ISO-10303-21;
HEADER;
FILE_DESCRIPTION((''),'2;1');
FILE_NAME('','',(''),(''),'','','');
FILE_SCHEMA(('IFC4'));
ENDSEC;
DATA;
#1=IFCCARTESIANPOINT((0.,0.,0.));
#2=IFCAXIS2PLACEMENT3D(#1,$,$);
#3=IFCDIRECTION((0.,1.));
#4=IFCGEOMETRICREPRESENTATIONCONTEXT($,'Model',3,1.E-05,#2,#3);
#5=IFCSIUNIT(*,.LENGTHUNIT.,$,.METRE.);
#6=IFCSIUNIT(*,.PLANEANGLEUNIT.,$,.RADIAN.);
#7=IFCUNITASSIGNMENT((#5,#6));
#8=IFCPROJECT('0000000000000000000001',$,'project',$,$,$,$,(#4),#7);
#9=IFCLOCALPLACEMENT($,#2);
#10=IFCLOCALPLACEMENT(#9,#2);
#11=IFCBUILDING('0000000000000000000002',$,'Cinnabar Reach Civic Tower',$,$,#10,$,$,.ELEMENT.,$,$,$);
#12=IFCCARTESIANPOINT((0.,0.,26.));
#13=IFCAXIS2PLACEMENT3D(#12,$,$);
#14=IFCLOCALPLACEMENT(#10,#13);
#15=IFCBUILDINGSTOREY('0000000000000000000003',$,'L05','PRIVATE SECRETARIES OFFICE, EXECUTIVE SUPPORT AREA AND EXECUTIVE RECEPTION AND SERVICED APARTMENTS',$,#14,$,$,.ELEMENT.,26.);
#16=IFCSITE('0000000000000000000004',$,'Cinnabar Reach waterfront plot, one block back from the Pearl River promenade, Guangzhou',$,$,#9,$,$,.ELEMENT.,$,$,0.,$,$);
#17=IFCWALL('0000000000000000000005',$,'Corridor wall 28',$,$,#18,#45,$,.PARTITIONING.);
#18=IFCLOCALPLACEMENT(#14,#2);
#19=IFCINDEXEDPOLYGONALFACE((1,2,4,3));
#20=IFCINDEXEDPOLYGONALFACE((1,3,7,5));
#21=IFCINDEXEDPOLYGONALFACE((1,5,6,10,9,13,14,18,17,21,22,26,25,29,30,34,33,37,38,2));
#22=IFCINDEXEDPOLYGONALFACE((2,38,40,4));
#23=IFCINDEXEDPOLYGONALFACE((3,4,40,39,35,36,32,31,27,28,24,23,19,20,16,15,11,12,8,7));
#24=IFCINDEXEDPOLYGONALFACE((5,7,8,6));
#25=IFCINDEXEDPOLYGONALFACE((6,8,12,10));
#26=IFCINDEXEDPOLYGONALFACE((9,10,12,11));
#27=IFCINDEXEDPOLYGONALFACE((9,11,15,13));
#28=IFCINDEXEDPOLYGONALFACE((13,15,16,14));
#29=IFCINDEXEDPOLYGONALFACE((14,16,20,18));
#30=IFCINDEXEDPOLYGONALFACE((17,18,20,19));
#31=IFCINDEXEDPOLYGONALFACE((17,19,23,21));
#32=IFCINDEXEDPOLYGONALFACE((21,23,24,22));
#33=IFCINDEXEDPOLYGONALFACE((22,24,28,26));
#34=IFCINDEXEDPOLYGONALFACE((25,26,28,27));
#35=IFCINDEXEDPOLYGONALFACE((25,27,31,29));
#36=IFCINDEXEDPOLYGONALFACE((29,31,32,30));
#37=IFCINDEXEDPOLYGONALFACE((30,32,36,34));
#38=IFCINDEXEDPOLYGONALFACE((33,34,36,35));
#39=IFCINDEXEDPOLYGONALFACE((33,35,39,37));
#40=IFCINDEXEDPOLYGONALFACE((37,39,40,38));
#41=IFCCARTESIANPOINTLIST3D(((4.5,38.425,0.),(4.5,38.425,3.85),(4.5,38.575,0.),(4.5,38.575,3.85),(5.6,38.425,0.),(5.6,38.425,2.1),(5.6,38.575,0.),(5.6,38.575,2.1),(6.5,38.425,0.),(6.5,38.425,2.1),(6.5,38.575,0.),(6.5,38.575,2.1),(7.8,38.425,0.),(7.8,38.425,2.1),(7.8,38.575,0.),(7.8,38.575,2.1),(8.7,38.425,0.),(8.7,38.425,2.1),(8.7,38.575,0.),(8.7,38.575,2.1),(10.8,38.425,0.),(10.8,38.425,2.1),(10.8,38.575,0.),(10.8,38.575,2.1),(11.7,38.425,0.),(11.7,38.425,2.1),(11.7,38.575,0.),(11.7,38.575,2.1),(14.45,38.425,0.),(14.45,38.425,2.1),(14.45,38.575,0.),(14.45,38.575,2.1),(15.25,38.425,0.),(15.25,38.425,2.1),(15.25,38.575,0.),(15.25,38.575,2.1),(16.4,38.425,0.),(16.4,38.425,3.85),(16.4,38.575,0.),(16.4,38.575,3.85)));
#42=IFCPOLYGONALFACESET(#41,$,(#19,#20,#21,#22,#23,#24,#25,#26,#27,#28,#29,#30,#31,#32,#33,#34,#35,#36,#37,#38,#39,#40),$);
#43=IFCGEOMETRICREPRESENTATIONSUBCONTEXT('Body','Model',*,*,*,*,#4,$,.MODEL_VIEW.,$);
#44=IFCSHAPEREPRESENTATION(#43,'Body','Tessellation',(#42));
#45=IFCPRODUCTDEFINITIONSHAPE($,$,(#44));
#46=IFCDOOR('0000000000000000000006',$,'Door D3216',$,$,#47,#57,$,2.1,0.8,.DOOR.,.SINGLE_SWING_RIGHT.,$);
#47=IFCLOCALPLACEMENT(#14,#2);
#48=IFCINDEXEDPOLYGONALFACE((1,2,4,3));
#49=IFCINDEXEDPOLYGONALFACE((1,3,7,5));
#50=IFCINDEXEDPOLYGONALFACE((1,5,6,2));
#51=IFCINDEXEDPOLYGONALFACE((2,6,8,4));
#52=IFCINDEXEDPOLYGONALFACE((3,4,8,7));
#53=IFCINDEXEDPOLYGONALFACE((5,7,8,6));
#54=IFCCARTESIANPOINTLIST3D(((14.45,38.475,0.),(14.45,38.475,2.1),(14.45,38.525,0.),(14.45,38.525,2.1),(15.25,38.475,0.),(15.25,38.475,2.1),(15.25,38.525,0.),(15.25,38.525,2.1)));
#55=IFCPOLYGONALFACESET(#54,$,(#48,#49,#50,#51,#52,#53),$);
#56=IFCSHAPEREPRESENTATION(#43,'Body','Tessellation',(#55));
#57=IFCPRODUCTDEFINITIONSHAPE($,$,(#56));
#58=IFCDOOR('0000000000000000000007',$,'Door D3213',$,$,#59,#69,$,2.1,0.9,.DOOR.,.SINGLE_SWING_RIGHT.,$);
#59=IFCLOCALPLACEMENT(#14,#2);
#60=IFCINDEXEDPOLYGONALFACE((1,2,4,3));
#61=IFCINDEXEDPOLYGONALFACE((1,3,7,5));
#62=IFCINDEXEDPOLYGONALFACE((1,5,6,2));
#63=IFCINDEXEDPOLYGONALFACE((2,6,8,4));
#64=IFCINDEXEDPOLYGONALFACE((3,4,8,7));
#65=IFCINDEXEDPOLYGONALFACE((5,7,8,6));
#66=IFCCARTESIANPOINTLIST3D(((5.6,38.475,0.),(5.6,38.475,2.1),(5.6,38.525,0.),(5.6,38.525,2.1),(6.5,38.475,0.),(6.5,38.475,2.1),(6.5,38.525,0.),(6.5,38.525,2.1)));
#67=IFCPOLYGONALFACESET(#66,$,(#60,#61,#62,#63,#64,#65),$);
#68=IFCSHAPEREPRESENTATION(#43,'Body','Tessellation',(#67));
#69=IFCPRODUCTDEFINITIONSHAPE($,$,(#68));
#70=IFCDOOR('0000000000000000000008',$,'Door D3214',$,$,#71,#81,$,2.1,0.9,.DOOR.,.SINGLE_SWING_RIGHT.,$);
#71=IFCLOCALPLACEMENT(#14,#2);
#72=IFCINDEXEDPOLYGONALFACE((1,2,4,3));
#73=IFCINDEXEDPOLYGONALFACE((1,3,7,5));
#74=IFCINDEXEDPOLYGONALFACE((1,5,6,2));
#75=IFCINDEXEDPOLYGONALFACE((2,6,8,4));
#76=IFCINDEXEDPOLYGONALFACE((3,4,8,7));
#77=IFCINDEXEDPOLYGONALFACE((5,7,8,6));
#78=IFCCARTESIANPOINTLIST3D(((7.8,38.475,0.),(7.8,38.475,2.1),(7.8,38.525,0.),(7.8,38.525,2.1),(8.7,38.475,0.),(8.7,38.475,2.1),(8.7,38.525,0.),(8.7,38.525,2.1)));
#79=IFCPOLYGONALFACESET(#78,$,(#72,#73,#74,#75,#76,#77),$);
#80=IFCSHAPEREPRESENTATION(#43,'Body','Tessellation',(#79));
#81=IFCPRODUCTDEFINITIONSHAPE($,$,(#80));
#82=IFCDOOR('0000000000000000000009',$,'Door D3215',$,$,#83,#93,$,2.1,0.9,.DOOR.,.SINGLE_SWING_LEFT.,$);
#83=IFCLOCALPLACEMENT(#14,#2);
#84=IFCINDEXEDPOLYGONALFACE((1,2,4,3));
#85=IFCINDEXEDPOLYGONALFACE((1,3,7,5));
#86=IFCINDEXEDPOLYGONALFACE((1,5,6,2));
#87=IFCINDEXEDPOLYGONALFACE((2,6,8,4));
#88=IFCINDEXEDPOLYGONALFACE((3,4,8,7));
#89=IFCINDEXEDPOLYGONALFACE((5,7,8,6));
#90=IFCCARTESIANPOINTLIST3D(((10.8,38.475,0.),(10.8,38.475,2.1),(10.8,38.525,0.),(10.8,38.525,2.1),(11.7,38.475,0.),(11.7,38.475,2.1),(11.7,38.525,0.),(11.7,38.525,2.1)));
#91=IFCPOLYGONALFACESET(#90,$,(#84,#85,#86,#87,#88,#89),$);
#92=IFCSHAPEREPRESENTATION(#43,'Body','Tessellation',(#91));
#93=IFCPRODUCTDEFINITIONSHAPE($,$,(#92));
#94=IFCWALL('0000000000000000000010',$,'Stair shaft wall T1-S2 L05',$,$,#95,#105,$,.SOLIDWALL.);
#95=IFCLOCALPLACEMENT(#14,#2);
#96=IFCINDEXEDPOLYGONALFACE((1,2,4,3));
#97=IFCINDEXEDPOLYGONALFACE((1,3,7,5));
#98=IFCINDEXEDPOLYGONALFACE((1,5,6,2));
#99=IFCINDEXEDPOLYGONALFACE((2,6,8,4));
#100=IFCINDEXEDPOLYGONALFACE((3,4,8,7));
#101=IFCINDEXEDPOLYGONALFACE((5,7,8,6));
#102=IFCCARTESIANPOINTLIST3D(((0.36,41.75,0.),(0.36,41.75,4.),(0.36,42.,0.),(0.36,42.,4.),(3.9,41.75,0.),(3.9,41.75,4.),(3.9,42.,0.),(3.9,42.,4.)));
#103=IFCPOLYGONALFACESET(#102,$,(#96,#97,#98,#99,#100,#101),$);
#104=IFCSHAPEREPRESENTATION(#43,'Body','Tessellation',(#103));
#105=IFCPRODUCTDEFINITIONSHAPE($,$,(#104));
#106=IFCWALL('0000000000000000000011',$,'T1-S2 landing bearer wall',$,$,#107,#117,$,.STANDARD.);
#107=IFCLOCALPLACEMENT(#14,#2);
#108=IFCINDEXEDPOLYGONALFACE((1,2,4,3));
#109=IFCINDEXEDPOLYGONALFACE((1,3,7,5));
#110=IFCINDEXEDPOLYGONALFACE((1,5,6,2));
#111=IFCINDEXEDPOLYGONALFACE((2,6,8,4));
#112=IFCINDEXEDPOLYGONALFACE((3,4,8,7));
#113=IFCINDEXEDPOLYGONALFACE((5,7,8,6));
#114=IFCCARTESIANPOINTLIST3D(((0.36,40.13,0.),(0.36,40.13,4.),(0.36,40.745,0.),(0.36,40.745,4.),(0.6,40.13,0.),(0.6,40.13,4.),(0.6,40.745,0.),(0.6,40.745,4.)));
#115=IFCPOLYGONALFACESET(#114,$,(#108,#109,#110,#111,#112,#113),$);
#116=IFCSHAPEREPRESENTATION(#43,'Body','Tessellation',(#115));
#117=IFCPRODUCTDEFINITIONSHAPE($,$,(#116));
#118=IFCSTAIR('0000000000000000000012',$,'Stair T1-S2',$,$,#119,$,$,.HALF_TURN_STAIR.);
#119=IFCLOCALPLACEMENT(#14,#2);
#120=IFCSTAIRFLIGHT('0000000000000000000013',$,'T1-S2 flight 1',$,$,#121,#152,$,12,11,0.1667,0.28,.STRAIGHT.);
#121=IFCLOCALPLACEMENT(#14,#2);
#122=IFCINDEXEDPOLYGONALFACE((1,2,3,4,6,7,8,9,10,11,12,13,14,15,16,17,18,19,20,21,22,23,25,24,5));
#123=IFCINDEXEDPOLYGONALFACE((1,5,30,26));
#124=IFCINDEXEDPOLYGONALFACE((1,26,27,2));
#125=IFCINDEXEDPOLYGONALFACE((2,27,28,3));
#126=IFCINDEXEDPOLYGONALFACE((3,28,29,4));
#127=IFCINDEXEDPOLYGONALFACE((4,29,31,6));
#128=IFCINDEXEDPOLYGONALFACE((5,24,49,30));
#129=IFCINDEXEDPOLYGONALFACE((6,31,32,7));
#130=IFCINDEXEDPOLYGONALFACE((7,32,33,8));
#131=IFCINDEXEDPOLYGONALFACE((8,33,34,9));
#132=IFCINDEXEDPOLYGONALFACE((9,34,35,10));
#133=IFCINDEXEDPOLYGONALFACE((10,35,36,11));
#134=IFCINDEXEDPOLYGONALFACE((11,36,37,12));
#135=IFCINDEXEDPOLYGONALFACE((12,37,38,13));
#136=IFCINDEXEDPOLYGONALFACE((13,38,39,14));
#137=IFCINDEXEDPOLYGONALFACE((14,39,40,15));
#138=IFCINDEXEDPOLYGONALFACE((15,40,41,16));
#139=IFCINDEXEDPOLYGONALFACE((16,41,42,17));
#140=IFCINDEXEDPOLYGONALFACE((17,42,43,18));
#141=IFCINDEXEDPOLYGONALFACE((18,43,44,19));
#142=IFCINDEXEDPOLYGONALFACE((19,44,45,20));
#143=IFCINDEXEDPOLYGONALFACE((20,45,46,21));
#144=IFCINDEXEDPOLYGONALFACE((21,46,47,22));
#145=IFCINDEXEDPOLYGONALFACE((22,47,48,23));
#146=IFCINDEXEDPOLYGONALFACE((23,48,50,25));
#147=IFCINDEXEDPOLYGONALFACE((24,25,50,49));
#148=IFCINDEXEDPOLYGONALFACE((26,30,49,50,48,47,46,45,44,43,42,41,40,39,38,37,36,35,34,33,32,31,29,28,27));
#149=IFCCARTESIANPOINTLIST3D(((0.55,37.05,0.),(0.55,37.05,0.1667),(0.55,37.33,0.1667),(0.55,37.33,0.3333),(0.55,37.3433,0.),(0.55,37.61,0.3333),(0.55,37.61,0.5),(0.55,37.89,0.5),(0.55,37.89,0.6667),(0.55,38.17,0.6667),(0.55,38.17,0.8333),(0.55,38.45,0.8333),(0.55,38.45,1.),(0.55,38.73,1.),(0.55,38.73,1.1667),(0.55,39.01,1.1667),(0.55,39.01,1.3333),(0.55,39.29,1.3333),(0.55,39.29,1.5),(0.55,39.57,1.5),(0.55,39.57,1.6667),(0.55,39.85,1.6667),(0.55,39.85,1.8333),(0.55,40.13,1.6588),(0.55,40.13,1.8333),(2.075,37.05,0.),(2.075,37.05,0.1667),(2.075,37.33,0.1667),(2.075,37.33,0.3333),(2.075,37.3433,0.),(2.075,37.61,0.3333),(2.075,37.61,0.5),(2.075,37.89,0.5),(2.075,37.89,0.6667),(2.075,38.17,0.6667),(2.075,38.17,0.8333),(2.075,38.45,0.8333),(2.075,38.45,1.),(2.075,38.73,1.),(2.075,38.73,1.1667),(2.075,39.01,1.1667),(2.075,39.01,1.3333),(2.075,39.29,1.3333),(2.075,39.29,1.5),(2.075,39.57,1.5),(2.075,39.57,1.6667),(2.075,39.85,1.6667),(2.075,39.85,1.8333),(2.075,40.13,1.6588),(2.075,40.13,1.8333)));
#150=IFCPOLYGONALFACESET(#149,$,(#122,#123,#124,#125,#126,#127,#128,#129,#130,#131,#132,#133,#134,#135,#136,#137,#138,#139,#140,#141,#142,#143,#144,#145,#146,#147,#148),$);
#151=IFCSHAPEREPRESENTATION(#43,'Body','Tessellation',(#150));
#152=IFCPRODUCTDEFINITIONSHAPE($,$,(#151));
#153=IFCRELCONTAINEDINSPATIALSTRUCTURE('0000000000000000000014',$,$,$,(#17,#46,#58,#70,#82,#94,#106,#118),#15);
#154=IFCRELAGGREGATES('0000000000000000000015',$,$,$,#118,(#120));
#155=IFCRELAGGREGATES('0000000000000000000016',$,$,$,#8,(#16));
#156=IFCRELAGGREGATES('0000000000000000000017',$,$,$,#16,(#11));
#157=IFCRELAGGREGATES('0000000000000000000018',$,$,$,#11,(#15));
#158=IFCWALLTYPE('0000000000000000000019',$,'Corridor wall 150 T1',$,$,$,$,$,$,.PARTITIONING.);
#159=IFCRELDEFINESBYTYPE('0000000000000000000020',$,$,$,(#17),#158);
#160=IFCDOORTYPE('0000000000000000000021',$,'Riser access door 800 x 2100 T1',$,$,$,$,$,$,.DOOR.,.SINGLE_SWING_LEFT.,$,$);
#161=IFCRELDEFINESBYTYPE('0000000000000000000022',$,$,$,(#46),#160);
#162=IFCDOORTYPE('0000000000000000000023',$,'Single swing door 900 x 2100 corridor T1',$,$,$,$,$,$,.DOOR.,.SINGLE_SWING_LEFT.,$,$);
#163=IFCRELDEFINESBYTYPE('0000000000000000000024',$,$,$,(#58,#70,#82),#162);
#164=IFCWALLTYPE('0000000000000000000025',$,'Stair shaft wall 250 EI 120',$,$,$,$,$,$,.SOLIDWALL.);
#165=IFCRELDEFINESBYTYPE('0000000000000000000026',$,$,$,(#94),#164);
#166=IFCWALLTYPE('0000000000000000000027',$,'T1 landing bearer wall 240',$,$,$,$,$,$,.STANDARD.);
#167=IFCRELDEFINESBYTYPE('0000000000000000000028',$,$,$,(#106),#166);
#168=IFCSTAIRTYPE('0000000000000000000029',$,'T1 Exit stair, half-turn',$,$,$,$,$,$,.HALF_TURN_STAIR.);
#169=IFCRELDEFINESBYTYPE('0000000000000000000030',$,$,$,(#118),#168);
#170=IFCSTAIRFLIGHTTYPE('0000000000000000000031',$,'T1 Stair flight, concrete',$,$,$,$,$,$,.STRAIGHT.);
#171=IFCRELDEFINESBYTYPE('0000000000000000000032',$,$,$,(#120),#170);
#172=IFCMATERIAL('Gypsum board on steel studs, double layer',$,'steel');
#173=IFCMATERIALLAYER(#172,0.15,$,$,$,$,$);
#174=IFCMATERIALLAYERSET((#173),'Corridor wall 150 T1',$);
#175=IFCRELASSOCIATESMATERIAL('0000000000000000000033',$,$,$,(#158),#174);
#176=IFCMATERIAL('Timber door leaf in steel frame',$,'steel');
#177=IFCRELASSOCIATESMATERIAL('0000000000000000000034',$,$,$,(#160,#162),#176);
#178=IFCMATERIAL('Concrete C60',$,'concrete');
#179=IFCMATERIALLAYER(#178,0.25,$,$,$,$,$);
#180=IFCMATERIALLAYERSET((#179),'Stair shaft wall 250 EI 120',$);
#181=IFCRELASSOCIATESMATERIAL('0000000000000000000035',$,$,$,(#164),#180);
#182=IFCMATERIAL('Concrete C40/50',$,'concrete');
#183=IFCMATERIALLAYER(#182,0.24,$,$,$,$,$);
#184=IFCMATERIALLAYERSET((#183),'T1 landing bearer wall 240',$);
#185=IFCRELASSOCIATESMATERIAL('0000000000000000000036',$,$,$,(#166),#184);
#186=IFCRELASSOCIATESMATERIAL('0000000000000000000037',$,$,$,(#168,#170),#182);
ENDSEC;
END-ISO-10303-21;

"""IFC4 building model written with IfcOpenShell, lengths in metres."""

from ifc_helpers import new_model, si_unit, direction, frame, frame_2d, origin, place, context, subcontext, project, spatial, polyline, rectangle, outline, extrude, material, layer, layer_set, type_object, element, fill, aggregate, save


model = new_model("IFC4")

# Units and contexts
model_context = context("Model", 3, precision=1e-05, world=origin(), true_north=direction((0.0, 1.0)))
body_context = subcontext(model_context, "Body", "Model", "MODEL_VIEW")
ifc_project = project(units=[si_unit("LENGTHUNIT", "METRE"), si_unit("PLANEANGLEUNIT", "RADIAN")], contexts=[model_context])

# Site, building, storey
site_placement = place(None, origin())
site = spatial("IfcSite", under=ifc_project, at=site_placement, Name="Cinnabar Reach waterfront plot, one block back from the Pearl River promenade, Guangzhou", CompositionType="ELEMENT", RefElevation=0.0)
building_placement = place(site_placement, origin())
building = spatial("IfcBuilding", under=site, at=building_placement, Name="Cinnabar Reach Civic Tower", CompositionType="ELEMENT")
storey_placement = place(building_placement, frame((0.0, 0.0, 26.0)))
storey = spatial("IfcBuildingStorey", under=building, at=storey_placement, Name="L05", Description="PRIVATE SECRETARIES OFFICE, EXECUTIVE SUPPORT AREA AND EXECUTIVE RECEPTION AND SERVICED APARTMENTS", CompositionType="ELEMENT", Elevation=26.0)

# Shared definitions
ifc_material_1 = material(Name="Timber door leaf in steel frame", Category="steel")

# Wall, openings, doors
ifc_material_2 = material(Name="Gypsum board on steel studs, double layer", Category="steel")
ifc_layer_1 = layer(ifc_material_2, 0.15)
ifc_layer_set_1 = layer_set([ifc_layer_1], Name="Corridor wall 150 T1")
wall_type_1 = type_object("IfcWallType", Name="Corridor wall 150 T1", PredefinedType="PARTITIONING", material=ifc_layer_set_1)
wall_1_placement = place(storey_placement, frame((4.5, 38.5, 0.0), z_axis=(0.0, 0.0, 1.0), x_axis=(1.0, 0.0, 0.0)))
wall_1 = element("IfcWall", 1, at=wall_1_placement, inside=storey, type_object=wall_type_1, Name="Corridor wall 28", PredefinedType="PARTITIONING", context=body_context, shape_type="SweptSolid", body=[
    extrude(rectangle(XDim=11.9, YDim=0.15, at=frame_2d((5.95, 0.0))), origin(), (0.0, 0.0, 1.0), 3.85),
])
opening_1_placement = place(wall_1_placement, frame((1.1, 0.0, 0.0)))
opening_1 = element("IfcOpeningElement", 2, at=opening_1_placement, cuts=wall_1, PredefinedType="OPENING", context=body_context, shape_type="SweptSolid", body=[
    extrude(rectangle(XDim=0.9, YDim=2.1, at=frame_2d((0.45, 1.05))), frame((0.0, 0.085, 0.0), z_axis=(0.0, -1.0, 0.0), x_axis=(1.0, 0.0, 0.0)), (0.0, 0.0, 1.0), 0.17),
])
opening_2_placement = place(wall_1_placement, frame((3.3, 0.0, 0.0)))
opening_2 = element("IfcOpeningElement", 3, at=opening_2_placement, cuts=wall_1, PredefinedType="OPENING", context=body_context, shape_type="SweptSolid", body=[
    extrude(rectangle(XDim=0.9, YDim=2.1, at=frame_2d((0.45, 1.05))), frame((0.0, 0.085, 0.0), z_axis=(0.0, -1.0, 0.0), x_axis=(1.0, 0.0, 0.0)), (0.0, 0.0, 1.0), 0.17),
])
opening_3_placement = place(wall_1_placement, frame((6.3, 0.0, 0.0)))
opening_3 = element("IfcOpeningElement", 4, at=opening_3_placement, cuts=wall_1, PredefinedType="OPENING", context=body_context, shape_type="SweptSolid", body=[
    extrude(rectangle(XDim=0.9, YDim=2.1, at=frame_2d((0.45, 1.05))), frame((0.0, 0.085, 0.0), z_axis=(0.0, -1.0, 0.0), x_axis=(1.0, 0.0, 0.0)), (0.0, 0.0, 1.0), 0.17),
])
opening_4_placement = place(wall_1_placement, frame((9.95, 0.0, 0.0)))
opening_4 = element("IfcOpeningElement", 5, at=opening_4_placement, cuts=wall_1, PredefinedType="OPENING", context=body_context, shape_type="SweptSolid", body=[
    extrude(rectangle(XDim=0.8, YDim=2.1, at=frame_2d((0.4, 1.05))), frame((0.0, 0.085, 0.0), z_axis=(0.0, -1.0, 0.0), x_axis=(1.0, 0.0, 0.0)), (0.0, 0.0, 1.0), 0.17),
])
door_type_1 = type_object("IfcDoorType", Name="Riser access door 800 x 2100 T1", OperationType="SINGLE_SWING_LEFT", PredefinedType="DOOR", material=ifc_material_1)
door_1_placement = place(opening_4_placement, origin())
door_1 = element("IfcDoor", 6, at=door_1_placement, inside=storey, type_object=door_type_1, Name="Door D3216", OperationType="SINGLE_SWING_RIGHT", OverallHeight=2.1, OverallWidth=0.8, PredefinedType="DOOR", context=body_context, shape_type="SweptSolid", body=[
    extrude(rectangle(XDim=0.8, YDim=2.1, at=frame_2d((0.4, 1.05))), frame((0.0, 0.025, 0.0), z_axis=(0.0, -1.0, 0.0), x_axis=(1.0, 0.0, 0.0)), (0.0, 0.0, 1.0), 0.05),
])
fill(opening_4, door_1)
door_type_2 = type_object("IfcDoorType", Name="Single swing door 900 x 2100 corridor T1", OperationType="SINGLE_SWING_LEFT", PredefinedType="DOOR", material=ifc_material_1)
door_2_placement = place(opening_1_placement, origin())
door_2 = element("IfcDoor", 7, at=door_2_placement, inside=storey, type_object=door_type_2, Name="Door D3213", OperationType="SINGLE_SWING_RIGHT", OverallHeight=2.1, OverallWidth=0.9, PredefinedType="DOOR", context=body_context, shape_type="SweptSolid", body=[
    extrude(rectangle(XDim=0.9, YDim=2.1, at=frame_2d((0.45, 1.05))), frame((0.0, 0.025, 0.0), z_axis=(0.0, -1.0, 0.0), x_axis=(1.0, 0.0, 0.0)), (0.0, 0.0, 1.0), 0.05),
])
fill(opening_1, door_2)
door_3_placement = place(opening_2_placement, origin())
door_3 = element("IfcDoor", 8, at=door_3_placement, inside=storey, type_object=door_type_2, Name="Door D3214", OperationType="SINGLE_SWING_RIGHT", OverallHeight=2.1, OverallWidth=0.9, PredefinedType="DOOR", context=body_context, shape_type="SweptSolid", body=[
    extrude(rectangle(XDim=0.9, YDim=2.1, at=frame_2d((0.45, 1.05))), frame((0.0, 0.025, 0.0), z_axis=(0.0, -1.0, 0.0), x_axis=(1.0, 0.0, 0.0)), (0.0, 0.0, 1.0), 0.05),
])
fill(opening_2, door_3)
door_4_placement = place(opening_3_placement, origin())
door_4 = element("IfcDoor", 9, at=door_4_placement, inside=storey, type_object=door_type_2, Name="Door D3215", OperationType="SINGLE_SWING_LEFT", OverallHeight=2.1, OverallWidth=0.9, PredefinedType="DOOR", context=body_context, shape_type="SweptSolid", body=[
    extrude(rectangle(XDim=0.9, YDim=2.1, at=frame_2d((0.45, 1.05))), frame((0.0, 0.025, 0.0), z_axis=(0.0, -1.0, 0.0), x_axis=(1.0, 0.0, 0.0)), (0.0, 0.0, 1.0), 0.05),
])
fill(opening_3, door_4)

# Walls
ifc_material_3 = material(Name="Concrete C60", Category="concrete")
ifc_layer_2 = layer(ifc_material_3, 0.25)
ifc_layer_set_2 = layer_set([ifc_layer_2], Name="Stair shaft wall 250 EI 120")
wall_type_2 = type_object("IfcWallType", Name="Stair shaft wall 250 EI 120", PredefinedType="SOLIDWALL", material=ifc_layer_set_2)
wall_2_placement = place(storey_placement, frame((3.9, 41.875, 0.0), z_axis=(0.0, 0.0, 1.0), x_axis=(-1.0, 0.0, 0.0)))
element("IfcWall", 10, at=wall_2_placement, inside=storey, type_object=wall_type_2, Name="Stair shaft wall T1-S2 L05", PredefinedType="SOLIDWALL", context=body_context, shape_type="SweptSolid", body=[
    extrude(rectangle(XDim=3.54, YDim=0.25, at=frame_2d((1.77, 0.0))), origin(), (0.0, 0.0, 1.0), 4.0),
])
ifc_material_4 = material(Name="Concrete C40/50", Category="concrete")
ifc_layer_3 = layer(ifc_material_4, 0.24)
ifc_layer_set_3 = layer_set([ifc_layer_3], Name="T1 landing bearer wall 240")
wall_type_3 = type_object("IfcWallType", Name="T1 landing bearer wall 240", PredefinedType="STANDARD", material=ifc_layer_set_3)
wall_3_placement = place(storey_placement, frame((0.48, 40.13, 0.0), z_axis=(0.0, 0.0, 1.0), x_axis=(0.0, 1.0, 0.0)))
element("IfcWall", 11, at=wall_3_placement, inside=storey, type_object=wall_type_3, Name="T1-S2 landing bearer wall", PredefinedType="STANDARD", context=body_context, shape_type="SweptSolid", body=[
    extrude(rectangle(XDim=0.6151, YDim=0.24, at=frame_2d((0.3075, 0.0))), origin(), (0.0, 0.0, 1.0), 4.0),
])

# Stair, stair flight
stair_type = type_object("IfcStairType", Name="T1 Exit stair, half-turn", PredefinedType="HALF_TURN_STAIR", material=ifc_material_4)
stair_placement = place(storey_placement, origin())
stair = element("IfcStair", 12, at=stair_placement, inside=storey, type_object=stair_type, Name="Stair T1-S2", PredefinedType="HALF_TURN_STAIR")
stair_flight_type = type_object("IfcStairFlightType", Name="T1 Stair flight, concrete", PredefinedType="STRAIGHT", material=ifc_material_4)
stair_flight_1_placement = place(storey_placement, frame((1.3125, 37.05, 0.0), z_axis=(0.0, 0.0, 1.0), x_axis=(0.0, 1.0, 0.0)))
stair_flight_1 = element("IfcStairFlight", 13, at=stair_flight_1_placement, type_object=stair_flight_type, Name="T1-S2 flight 1", NumberOfRisers=12, NumberOfTreads=11, PredefinedType="STRAIGHT", RiserHeight=0.1667, TreadLength=0.28, context=body_context, shape_type="SweptSolid", body=[
    extrude(outline(polyline([(0.0, 0.0), (0.0, 0.1667), (0.28, 0.1667), (0.28, 0.3333), (0.56, 0.3333), (0.56, 0.5), (0.84, 0.5), (0.84, 0.6667), (1.12, 0.6667), (1.12, 0.8333), (1.4, 0.8333), (1.4, 1.0), (1.68, 1.0), (1.68, 1.1667), (1.96, 1.1667), (1.96, 1.3333), (2.24, 1.3333), (2.24, 1.5), (2.52, 1.5), (2.52, 1.6667), (2.8, 1.6667), (2.8, 1.8333), (3.08, 1.8333), (3.08, 2.0), (3.08, 1.6588), (0.2933, 0.0), (0.0, 0.0)])), frame((0.0, 0.7625, 0.0), z_axis=(0.0, -1.0, 0.0), x_axis=(1.0, 0.0, 0.0)), (0.0, 0.0, 1.0), 1.525),
])
aggregate(stair, [stair_flight_1])

save(model, "model.ifc")
